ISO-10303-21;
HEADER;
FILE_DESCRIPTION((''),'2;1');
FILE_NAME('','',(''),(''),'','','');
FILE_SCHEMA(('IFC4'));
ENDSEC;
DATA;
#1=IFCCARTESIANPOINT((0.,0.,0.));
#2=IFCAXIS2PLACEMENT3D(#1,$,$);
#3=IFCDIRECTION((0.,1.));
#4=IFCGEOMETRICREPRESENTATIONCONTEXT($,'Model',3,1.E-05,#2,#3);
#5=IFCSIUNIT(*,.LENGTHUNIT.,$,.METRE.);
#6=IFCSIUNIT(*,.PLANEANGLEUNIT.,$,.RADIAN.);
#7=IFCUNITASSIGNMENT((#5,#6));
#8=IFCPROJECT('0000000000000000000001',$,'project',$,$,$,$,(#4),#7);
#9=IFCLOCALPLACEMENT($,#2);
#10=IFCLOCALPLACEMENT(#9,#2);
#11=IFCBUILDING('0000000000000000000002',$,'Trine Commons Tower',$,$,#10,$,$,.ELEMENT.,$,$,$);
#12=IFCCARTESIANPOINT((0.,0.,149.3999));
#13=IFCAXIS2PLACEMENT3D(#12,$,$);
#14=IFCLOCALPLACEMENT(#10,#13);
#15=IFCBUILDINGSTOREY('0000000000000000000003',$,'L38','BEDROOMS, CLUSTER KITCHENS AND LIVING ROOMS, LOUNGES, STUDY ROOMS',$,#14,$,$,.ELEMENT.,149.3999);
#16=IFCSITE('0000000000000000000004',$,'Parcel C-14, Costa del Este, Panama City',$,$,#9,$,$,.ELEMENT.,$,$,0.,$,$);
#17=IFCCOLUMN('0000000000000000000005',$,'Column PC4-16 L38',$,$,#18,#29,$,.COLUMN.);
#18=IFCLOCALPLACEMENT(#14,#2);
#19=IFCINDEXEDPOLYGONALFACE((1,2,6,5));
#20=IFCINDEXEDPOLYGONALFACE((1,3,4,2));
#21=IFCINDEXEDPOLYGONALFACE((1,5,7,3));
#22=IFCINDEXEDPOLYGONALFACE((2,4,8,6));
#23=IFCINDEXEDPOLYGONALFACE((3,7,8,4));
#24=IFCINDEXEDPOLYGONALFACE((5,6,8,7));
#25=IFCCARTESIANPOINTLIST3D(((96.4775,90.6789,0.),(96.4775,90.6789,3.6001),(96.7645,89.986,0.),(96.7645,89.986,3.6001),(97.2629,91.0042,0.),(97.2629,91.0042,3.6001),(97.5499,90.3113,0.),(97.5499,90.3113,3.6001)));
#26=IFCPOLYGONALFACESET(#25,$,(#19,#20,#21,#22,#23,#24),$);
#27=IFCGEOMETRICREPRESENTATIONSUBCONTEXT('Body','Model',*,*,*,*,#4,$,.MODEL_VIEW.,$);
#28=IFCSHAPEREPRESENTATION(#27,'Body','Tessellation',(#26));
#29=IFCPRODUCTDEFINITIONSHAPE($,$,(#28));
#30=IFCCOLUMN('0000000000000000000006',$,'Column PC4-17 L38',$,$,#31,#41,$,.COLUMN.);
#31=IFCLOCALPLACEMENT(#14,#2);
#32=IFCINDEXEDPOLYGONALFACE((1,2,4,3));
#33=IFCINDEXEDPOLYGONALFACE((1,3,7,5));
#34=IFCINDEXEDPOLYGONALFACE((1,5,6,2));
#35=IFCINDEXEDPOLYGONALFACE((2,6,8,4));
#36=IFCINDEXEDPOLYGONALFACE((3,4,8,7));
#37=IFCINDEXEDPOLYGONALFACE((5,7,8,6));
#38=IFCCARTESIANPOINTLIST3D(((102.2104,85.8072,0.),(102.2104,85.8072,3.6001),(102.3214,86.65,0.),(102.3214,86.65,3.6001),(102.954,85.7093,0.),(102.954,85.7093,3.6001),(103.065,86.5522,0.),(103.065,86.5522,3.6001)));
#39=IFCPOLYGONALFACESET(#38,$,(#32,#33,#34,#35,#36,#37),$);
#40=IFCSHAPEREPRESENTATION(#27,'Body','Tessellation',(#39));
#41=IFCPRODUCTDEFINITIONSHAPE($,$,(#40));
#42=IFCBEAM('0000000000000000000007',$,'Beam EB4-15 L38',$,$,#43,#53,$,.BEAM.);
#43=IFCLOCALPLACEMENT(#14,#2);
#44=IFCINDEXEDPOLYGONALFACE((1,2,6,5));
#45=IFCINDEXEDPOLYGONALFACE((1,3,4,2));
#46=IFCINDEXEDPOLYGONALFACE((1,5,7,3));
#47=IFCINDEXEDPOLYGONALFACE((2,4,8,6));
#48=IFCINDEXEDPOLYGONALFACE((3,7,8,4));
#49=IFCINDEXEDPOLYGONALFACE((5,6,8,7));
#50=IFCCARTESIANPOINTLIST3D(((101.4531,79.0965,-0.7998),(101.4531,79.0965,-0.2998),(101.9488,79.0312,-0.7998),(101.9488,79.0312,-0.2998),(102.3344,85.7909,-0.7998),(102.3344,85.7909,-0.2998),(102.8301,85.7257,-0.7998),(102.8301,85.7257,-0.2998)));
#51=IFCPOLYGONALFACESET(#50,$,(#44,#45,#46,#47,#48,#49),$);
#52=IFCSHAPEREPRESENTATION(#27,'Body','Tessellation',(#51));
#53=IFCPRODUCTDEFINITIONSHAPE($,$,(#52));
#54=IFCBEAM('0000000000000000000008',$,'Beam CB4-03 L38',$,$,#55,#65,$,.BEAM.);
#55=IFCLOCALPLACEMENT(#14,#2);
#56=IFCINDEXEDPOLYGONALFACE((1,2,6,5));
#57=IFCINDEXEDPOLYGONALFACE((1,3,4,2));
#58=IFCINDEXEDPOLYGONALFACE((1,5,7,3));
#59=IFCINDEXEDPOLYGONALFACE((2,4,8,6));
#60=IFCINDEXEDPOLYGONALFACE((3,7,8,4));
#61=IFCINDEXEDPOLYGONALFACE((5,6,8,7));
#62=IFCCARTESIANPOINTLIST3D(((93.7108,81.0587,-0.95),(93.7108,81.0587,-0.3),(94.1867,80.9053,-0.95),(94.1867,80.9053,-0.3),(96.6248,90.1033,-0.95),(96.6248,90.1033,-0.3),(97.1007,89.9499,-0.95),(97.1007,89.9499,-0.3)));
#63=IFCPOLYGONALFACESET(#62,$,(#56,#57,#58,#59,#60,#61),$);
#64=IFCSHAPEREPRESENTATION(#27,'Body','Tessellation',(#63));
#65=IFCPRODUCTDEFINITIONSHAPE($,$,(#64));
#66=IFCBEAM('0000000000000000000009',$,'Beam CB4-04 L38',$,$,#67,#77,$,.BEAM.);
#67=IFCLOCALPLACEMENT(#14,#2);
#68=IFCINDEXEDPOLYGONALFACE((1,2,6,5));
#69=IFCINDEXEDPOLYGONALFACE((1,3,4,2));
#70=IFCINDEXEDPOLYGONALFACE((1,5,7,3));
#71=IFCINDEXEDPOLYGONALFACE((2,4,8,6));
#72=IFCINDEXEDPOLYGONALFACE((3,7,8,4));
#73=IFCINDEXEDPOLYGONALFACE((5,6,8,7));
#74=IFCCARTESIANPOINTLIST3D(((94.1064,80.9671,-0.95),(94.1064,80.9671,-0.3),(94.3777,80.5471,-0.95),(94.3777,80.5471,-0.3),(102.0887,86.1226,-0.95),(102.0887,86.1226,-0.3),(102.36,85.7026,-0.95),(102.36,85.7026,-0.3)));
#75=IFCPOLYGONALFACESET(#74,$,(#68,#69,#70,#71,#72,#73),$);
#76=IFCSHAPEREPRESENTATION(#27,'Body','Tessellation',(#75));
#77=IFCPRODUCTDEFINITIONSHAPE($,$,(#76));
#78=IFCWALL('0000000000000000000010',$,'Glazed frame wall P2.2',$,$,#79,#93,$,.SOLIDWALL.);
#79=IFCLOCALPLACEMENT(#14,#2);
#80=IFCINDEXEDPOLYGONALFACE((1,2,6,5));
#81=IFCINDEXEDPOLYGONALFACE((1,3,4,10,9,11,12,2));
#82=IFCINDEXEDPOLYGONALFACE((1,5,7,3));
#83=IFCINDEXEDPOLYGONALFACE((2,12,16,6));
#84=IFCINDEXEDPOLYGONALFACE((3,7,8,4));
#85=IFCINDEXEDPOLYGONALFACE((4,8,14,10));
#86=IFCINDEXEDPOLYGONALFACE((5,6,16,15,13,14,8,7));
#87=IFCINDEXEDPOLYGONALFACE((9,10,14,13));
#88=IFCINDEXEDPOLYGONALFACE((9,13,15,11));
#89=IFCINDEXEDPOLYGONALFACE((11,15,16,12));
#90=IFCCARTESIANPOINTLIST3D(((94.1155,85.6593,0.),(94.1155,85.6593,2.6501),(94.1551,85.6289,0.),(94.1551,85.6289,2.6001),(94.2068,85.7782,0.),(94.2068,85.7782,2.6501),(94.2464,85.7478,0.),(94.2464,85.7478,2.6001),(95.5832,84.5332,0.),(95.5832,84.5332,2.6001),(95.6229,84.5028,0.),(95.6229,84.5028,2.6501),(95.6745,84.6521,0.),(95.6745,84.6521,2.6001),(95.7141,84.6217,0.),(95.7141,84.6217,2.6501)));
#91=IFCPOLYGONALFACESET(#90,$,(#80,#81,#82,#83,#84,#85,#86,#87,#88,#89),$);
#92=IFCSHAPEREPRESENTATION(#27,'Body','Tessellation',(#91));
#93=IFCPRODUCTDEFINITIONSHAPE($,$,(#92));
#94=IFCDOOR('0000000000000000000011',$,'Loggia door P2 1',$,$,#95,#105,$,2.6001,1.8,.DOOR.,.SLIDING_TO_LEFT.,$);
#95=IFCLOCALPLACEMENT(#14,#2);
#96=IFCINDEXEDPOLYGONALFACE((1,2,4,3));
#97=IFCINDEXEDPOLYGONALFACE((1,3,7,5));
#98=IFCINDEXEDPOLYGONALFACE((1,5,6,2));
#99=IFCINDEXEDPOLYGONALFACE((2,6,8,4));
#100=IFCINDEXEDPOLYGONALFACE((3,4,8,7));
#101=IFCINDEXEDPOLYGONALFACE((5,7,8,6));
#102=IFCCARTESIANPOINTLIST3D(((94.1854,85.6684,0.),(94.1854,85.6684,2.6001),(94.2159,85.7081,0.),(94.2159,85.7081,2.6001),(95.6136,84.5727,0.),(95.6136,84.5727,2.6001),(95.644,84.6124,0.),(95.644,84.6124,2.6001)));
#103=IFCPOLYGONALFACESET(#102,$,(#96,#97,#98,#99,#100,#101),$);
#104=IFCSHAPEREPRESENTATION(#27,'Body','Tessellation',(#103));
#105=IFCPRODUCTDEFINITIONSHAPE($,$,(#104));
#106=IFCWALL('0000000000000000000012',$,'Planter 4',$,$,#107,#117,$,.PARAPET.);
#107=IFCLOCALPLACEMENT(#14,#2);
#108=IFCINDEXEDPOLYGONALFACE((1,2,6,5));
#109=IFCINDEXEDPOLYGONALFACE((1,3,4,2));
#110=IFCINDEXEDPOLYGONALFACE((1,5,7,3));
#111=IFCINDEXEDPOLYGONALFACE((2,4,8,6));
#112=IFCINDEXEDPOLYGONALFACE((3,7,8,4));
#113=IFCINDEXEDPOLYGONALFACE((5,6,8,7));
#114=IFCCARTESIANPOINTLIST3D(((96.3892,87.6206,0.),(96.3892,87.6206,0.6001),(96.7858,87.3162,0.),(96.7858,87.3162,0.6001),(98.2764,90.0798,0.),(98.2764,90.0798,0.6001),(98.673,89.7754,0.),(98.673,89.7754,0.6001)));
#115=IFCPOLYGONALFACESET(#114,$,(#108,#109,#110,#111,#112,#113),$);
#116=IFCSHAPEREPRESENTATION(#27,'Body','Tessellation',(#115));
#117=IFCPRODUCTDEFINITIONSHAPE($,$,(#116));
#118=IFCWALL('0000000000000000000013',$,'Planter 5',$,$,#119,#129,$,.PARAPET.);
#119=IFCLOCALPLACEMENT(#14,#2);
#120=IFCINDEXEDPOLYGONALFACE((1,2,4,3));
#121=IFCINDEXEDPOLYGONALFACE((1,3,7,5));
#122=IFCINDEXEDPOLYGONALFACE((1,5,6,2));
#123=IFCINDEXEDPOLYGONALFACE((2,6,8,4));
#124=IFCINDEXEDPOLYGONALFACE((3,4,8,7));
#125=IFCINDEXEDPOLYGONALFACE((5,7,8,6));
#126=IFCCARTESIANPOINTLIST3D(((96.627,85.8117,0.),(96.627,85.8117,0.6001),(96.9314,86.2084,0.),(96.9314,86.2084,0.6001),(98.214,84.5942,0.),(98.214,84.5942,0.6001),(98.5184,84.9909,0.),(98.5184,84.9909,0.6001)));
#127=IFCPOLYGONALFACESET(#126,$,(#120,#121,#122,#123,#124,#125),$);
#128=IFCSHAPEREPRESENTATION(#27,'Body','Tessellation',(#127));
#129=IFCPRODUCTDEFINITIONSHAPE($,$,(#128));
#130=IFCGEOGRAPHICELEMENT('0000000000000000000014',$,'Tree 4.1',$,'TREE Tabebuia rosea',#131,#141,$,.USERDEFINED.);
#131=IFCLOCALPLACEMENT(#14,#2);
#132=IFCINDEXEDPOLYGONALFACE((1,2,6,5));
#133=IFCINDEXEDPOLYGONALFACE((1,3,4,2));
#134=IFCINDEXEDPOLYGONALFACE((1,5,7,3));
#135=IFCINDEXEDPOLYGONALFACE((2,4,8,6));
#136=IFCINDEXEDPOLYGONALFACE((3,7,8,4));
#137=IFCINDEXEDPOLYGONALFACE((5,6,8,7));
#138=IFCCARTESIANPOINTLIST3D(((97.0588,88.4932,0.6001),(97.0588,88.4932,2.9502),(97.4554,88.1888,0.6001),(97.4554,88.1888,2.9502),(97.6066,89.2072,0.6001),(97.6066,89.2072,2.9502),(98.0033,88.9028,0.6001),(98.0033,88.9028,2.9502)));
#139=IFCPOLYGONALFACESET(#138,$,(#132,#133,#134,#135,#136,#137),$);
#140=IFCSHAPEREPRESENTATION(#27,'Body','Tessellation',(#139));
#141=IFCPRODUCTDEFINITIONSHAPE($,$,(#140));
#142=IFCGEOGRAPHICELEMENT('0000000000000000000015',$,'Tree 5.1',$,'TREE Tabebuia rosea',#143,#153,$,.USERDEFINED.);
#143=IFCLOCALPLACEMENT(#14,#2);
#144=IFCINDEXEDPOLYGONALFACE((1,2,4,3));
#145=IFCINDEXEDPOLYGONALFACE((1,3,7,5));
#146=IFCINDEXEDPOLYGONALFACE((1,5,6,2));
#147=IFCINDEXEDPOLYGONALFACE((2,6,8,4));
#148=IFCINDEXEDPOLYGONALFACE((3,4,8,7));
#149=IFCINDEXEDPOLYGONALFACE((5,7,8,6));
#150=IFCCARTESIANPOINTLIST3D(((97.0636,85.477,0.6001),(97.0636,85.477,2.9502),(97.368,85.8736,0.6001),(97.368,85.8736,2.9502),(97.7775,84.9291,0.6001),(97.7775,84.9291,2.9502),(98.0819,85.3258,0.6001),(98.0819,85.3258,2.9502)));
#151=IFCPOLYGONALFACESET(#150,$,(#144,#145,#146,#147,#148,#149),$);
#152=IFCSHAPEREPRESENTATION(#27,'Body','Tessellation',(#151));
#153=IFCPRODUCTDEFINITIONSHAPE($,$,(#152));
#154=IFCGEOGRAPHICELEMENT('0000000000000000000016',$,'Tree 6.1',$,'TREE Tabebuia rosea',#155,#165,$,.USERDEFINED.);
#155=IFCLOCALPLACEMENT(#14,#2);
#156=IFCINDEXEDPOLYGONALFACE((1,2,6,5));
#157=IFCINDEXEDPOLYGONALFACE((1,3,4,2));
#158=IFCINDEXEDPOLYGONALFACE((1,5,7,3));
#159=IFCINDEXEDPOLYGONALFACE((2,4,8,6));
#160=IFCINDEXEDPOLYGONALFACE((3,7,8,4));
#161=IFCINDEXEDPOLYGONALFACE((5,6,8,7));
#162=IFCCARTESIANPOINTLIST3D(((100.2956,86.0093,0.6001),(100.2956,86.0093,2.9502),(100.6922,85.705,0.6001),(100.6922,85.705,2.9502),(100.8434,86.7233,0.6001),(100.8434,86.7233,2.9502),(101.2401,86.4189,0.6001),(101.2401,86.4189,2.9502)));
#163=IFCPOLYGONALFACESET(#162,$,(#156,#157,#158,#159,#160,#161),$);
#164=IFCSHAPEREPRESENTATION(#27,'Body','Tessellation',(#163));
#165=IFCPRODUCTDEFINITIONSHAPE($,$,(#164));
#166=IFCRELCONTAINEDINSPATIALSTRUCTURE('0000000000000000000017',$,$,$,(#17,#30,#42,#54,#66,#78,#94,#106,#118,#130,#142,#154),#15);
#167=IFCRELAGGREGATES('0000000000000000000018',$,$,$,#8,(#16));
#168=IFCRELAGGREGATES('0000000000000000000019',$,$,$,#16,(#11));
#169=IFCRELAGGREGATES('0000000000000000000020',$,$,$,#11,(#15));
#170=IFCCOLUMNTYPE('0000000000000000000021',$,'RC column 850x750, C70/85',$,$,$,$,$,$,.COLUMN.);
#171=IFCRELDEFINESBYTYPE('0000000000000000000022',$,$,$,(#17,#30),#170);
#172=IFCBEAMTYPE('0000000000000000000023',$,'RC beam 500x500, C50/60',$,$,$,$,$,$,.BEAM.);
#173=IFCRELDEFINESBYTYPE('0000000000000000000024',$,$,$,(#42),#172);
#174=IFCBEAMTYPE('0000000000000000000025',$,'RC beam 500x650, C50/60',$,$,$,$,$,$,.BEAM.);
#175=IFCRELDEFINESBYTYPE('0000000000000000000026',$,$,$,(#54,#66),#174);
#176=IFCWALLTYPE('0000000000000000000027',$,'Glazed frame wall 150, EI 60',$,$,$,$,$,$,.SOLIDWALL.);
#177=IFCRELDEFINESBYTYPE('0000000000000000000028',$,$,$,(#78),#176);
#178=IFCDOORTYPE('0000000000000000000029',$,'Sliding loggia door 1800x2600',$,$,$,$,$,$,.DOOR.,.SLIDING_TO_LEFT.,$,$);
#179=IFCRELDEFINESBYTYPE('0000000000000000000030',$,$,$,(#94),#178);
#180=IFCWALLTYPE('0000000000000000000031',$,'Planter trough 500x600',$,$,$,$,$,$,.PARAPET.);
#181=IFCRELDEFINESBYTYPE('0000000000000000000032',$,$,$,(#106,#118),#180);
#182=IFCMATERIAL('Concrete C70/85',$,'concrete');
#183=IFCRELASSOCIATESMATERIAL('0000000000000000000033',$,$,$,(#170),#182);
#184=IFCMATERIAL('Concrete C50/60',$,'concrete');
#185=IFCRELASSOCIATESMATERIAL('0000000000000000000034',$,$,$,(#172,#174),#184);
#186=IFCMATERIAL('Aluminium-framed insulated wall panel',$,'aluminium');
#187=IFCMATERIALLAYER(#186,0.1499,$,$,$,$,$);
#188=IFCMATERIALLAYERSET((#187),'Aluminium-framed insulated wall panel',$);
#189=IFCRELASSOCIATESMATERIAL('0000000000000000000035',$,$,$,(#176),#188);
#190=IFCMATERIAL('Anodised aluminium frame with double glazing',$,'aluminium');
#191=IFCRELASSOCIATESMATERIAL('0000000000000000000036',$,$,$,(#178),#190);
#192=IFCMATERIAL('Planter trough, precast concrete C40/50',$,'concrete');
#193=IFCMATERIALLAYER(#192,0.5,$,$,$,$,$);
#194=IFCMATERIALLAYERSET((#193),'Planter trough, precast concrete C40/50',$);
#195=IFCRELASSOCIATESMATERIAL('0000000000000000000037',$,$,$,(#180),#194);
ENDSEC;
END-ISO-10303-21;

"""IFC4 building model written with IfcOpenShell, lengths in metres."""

from ifc_helpers import new_model, si_unit, direction, frame, frame_2d, origin, origin_2d, place, context, subcontext, project, spatial, polyline, rectangle, outline, extrude, material, layer, layer_set, material_profile, profile_set, type_object, element, fill, save


model = new_model("IFC4")

# Units and contexts
model_context = context("Model", 3, precision=1e-05, world=origin(), true_north=direction((0.0, 1.0)))
body_context = subcontext(model_context, "Body", "Model", "MODEL_VIEW")
ifc_project = project(units=[si_unit("LENGTHUNIT", "METRE"), si_unit("PLANEANGLEUNIT", "RADIAN")], contexts=[model_context])

# Site, building, storey
site_placement = place(None, origin())
site = spatial("IfcSite", under=ifc_project, at=site_placement, Name="Parcel C-14, Costa del Este, Panama City", CompositionType="ELEMENT", RefElevation=0.0)
building_placement = place(site_placement, origin())
building = spatial("IfcBuilding", under=site, at=building_placement, Name="Trine Commons Tower", CompositionType="ELEMENT")
storey_placement = place(building_placement, frame((0.0, 0.0, 149.3999)))
storey = spatial("IfcBuildingStorey", under=building, at=storey_placement, Name="L38", Description="BEDROOMS, CLUSTER KITCHENS AND LIVING ROOMS, LOUNGES, STUDY ROOMS", CompositionType="ELEMENT", Elevation=149.3999)

# Columns
ifc_material_1 = material(Name="Concrete C70/85", Category="concrete")
ifc_material_profile_1 = material_profile(ifc_material_1, rectangle(XDim=0.8501, YDim=0.75, at=origin_2d()), Name="RC 850x750")
ifc_profile_set_1 = profile_set([ifc_material_profile_1], Name="Concrete C70/85")
column_type = type_object("IfcColumnType", Name="RC column 850x750, C70/85", PredefinedType="COLUMN", material=ifc_profile_set_1)
for number, where, z_axis, x_axis, name in (
    (1, (97.0137, 90.4951, 0.0), (0.0, 0.0, 1.0), (0.92388, 0.382683, 0.0), "Column PC4-16 L38"),
    (2, (102.6377, 86.1797, 0.0), (0.0, 0.0, 1.0), (0.130526, 0.991445, 0.0), "Column PC4-17 L38"),
):
    element("IfcColumn", number, at=place(storey_placement, frame(where, z_axis=z_axis, x_axis=x_axis)), inside=storey, type_object=column_type, Name=name, PredefinedType="COLUMN", context=body_context, shape_type="SweptSolid", body=[
        extrude(rectangle(XDim=0.8501, YDim=0.75, at=origin_2d()), origin(), (0.0, 0.0, 1.0), 3.6001),
    ])

# Beams
ifc_material_2 = material(Name="Concrete C50/60", Category="concrete")
ifc_material_profile_2 = material_profile(ifc_material_2, rectangle(XDim=0.5, YDim=0.5, at=origin_2d()), Name="RC 500x500")
ifc_profile_set_2 = profile_set([ifc_material_profile_2], Name="Concrete C50/60")
beam_type_1 = type_object("IfcBeamType", Name="RC beam 500x500, C50/60", PredefinedType="BEAM", material=ifc_profile_set_2)
beam_placement = place(storey_placement, frame((102.5823, 85.7583, -0.5498), z_axis=(-0.130529, -0.991444, 0.0), x_axis=(0.991444, -0.130529, 0.0)))
element("IfcBeam", 3, at=beam_placement, inside=storey, type_object=beam_type_1, Name="Beam EB4-15 L38", PredefinedType="BEAM", context=body_context, shape_type="SweptSolid", body=[
    extrude(rectangle(XDim=0.5, YDim=0.5, at=origin_2d()), origin(), (0.0, 0.0, 1.0), 6.7522),
])
ifc_material_profile_3 = material_profile(ifc_material_2, rectangle(XDim=0.5, YDim=0.6499, at=origin_2d()), Name="RC 500x650")
ifc_profile_set_3 = profile_set([ifc_material_profile_3], Name="Concrete C50/60")
beam_type_2 = type_object("IfcBeamType", Name="RC beam 500x650, C50/60", PredefinedType="BEAM", material=ifc_profile_set_3)
for number, where, z_axis, x_axis, name in (
    (4, (96.8628, 90.0266, -0.625), (-0.306662, -0.951818, 0.0), (0.951818, -0.306662, 0.0), "Beam CB4-03 L38"),
    (5, (102.2244, 85.9126, -0.625), (-0.84003, -0.542541, 0.0), (0.542541, -0.84003, 0.0), "Beam CB4-04 L38"),
):
    element("IfcBeam", number, at=place(storey_placement, frame(where, z_axis=z_axis, x_axis=x_axis)), inside=storey, type_object=beam_type_2, Name=name, PredefinedType="BEAM", context=body_context, shape_type="SweptSolid", body=[
        extrude(rectangle(XDim=0.5, YDim=0.6499, at=origin_2d()), origin(), (0.0, 0.0, 1.0), 9.5024),
    ])

# Shared definitions
ifc_material_3 = material(Name="Aluminium-framed insulated wall panel", Category="aluminium")
ifc_layer_1 = layer(ifc_material_3, 0.1499)
ifc_layer_set_1 = layer_set([ifc_layer_1], Name="Aluminium-framed insulated wall panel")
wall_type_1 = type_object("IfcWallType", Name="Glazed frame wall 150, EI 60", PredefinedType="SOLIDWALL", material=ifc_layer_set_1)

# Wall, opening, door
wall_1_placement = place(storey_placement, frame((94.1611, 85.7188, 0.0), z_axis=(0.0, 0.0, 1.0), x_axis=(0.793383, -0.608723, 0.0)))
wall_1 = element("IfcWall", 6, at=wall_1_placement, inside=storey, type_object=wall_type_1, Name="Glazed frame wall P2.2", PredefinedType="SOLIDWALL", context=body_context, shape_type="SweptSolid", body=[
    extrude(outline(polyline([(0.0, -0.075), (1.8999, -0.075), (1.8999, 0.075), (0.0, 0.075), (0.0, -0.075)])), origin(), (0.0, 0.0, 1.0), 2.6501),
])
opening_placement = place(wall_1_placement, frame((0.05, 0.0, 0.0)))
opening = element("IfcOpeningElement", 7, at=opening_placement, cuts=wall_1, PredefinedType="OPENING", context=body_context, shape_type="SweptSolid", body=[
    extrude(rectangle(XDim=1.8, YDim=2.6001, at=frame_2d((0.8999, 1.3))), frame((0.0, 0.085, 0.0), z_axis=(0.0, -1.0, 0.0), x_axis=(1.0, 0.0, 0.0)), (0.0, 0.0, 1.0), 0.1699),
])
ifc_material_4 = material(Name="Anodised aluminium frame with double glazing", Category="aluminium")
door_type = type_object("IfcDoorType", Name="Sliding loggia door 1800x2600", OperationType="SLIDING_TO_LEFT", PredefinedType="DOOR", material=ifc_material_4)
door_placement = place(opening_placement, origin())
door = element("IfcDoor", 8, at=door_placement, inside=storey, type_object=door_type, Name="Loggia door P2 1", OperationType="SLIDING_TO_LEFT", OverallHeight=2.6001, OverallWidth=1.8, PredefinedType="DOOR", context=body_context, shape_type="SweptSolid", body=[
    extrude(rectangle(XDim=1.8, YDim=2.6001, at=frame_2d((0.8999, 1.3))), frame((0.0, 0.0249, 0.0), z_axis=(0.0, -1.0, 0.0), x_axis=(1.0, 0.0, 0.0)), (0.0, 0.0, 1.0), 0.05),
])
fill(opening, door)

# Walls
ifc_material_5 = material(Name="Planter trough, precast concrete C40/50", Category="concrete")
ifc_layer_2 = layer(ifc_material_5, 0.5)
ifc_layer_set_2 = layer_set([ifc_layer_2], Name="Planter trough, precast concrete C40/50")
wall_type_2 = type_object("IfcWallType", Name="Planter trough 500x600", PredefinedType="PARAPET", material=ifc_layer_set_2)
wall_2_placement = place(storey_placement, frame((98.4746, 89.9275, 0.0), z_axis=(0.0, 0.0, 1.0), x_axis=(-0.608797, -0.793326, 0.0)))
element("IfcWall", 9, at=wall_2_placement, inside=storey, type_object=wall_type_2, Name="Planter 4", PredefinedType="PARAPET", context=body_context, shape_type="SweptSolid", body=[
    extrude(rectangle(XDim=3.0999, YDim=0.5, at=frame_2d((1.5498, 0.0))), origin(), (0.0, 0.0, 1.0), 0.6001),
])
wall_3_placement = place(storey_placement, frame((96.7793, 86.01, 0.0), z_axis=(0.0, 0.0, 1.0), x_axis=(0.79339, -0.608713, 0.0)))
element("IfcWall", 10, at=wall_3_placement, inside=storey, type_object=wall_type_2, Name="Planter 5", PredefinedType="PARAPET", context=body_context, shape_type="SweptSolid", body=[
    extrude(rectangle(XDim=2.0002, YDim=0.5, at=frame_2d((1.0, 0.0))), origin(), (0.0, 0.0, 1.0), 0.6001),
])

# Geographic elements
for number, where, z_axis, x_axis, name in (
    (11, (97.531, 88.698, 0.6001), (0.0, 0.0, 1.0), (-0.608755, -0.793359, 0.0), "Tree 4.1"),
    (12, (97.5728, 85.4014, 0.6001), (0.0, 0.0, 1.0), (0.793335, -0.608785, 0.0), "Tree 5.1"),
    (13, (100.7678, 86.2141, 0.6001), (0.0, 0.0, 1.0), (0.608768, 0.793348, 0.0), "Tree 6.1"),
):
    element("IfcGeographicElement", number, at=place(storey_placement, frame(where, z_axis=z_axis, x_axis=x_axis)), inside=storey, Name=name, ObjectType="TREE Tabebuia rosea", PredefinedType="USERDEFINED", context=body_context, shape_type="SweptSolid", body=[
        extrude(rectangle(XDim=0.8999, YDim=0.5, at=origin_2d()), origin(), (0.0, 0.0, 1.0), 2.3501),
    ])

save(model, "model.ifc")
